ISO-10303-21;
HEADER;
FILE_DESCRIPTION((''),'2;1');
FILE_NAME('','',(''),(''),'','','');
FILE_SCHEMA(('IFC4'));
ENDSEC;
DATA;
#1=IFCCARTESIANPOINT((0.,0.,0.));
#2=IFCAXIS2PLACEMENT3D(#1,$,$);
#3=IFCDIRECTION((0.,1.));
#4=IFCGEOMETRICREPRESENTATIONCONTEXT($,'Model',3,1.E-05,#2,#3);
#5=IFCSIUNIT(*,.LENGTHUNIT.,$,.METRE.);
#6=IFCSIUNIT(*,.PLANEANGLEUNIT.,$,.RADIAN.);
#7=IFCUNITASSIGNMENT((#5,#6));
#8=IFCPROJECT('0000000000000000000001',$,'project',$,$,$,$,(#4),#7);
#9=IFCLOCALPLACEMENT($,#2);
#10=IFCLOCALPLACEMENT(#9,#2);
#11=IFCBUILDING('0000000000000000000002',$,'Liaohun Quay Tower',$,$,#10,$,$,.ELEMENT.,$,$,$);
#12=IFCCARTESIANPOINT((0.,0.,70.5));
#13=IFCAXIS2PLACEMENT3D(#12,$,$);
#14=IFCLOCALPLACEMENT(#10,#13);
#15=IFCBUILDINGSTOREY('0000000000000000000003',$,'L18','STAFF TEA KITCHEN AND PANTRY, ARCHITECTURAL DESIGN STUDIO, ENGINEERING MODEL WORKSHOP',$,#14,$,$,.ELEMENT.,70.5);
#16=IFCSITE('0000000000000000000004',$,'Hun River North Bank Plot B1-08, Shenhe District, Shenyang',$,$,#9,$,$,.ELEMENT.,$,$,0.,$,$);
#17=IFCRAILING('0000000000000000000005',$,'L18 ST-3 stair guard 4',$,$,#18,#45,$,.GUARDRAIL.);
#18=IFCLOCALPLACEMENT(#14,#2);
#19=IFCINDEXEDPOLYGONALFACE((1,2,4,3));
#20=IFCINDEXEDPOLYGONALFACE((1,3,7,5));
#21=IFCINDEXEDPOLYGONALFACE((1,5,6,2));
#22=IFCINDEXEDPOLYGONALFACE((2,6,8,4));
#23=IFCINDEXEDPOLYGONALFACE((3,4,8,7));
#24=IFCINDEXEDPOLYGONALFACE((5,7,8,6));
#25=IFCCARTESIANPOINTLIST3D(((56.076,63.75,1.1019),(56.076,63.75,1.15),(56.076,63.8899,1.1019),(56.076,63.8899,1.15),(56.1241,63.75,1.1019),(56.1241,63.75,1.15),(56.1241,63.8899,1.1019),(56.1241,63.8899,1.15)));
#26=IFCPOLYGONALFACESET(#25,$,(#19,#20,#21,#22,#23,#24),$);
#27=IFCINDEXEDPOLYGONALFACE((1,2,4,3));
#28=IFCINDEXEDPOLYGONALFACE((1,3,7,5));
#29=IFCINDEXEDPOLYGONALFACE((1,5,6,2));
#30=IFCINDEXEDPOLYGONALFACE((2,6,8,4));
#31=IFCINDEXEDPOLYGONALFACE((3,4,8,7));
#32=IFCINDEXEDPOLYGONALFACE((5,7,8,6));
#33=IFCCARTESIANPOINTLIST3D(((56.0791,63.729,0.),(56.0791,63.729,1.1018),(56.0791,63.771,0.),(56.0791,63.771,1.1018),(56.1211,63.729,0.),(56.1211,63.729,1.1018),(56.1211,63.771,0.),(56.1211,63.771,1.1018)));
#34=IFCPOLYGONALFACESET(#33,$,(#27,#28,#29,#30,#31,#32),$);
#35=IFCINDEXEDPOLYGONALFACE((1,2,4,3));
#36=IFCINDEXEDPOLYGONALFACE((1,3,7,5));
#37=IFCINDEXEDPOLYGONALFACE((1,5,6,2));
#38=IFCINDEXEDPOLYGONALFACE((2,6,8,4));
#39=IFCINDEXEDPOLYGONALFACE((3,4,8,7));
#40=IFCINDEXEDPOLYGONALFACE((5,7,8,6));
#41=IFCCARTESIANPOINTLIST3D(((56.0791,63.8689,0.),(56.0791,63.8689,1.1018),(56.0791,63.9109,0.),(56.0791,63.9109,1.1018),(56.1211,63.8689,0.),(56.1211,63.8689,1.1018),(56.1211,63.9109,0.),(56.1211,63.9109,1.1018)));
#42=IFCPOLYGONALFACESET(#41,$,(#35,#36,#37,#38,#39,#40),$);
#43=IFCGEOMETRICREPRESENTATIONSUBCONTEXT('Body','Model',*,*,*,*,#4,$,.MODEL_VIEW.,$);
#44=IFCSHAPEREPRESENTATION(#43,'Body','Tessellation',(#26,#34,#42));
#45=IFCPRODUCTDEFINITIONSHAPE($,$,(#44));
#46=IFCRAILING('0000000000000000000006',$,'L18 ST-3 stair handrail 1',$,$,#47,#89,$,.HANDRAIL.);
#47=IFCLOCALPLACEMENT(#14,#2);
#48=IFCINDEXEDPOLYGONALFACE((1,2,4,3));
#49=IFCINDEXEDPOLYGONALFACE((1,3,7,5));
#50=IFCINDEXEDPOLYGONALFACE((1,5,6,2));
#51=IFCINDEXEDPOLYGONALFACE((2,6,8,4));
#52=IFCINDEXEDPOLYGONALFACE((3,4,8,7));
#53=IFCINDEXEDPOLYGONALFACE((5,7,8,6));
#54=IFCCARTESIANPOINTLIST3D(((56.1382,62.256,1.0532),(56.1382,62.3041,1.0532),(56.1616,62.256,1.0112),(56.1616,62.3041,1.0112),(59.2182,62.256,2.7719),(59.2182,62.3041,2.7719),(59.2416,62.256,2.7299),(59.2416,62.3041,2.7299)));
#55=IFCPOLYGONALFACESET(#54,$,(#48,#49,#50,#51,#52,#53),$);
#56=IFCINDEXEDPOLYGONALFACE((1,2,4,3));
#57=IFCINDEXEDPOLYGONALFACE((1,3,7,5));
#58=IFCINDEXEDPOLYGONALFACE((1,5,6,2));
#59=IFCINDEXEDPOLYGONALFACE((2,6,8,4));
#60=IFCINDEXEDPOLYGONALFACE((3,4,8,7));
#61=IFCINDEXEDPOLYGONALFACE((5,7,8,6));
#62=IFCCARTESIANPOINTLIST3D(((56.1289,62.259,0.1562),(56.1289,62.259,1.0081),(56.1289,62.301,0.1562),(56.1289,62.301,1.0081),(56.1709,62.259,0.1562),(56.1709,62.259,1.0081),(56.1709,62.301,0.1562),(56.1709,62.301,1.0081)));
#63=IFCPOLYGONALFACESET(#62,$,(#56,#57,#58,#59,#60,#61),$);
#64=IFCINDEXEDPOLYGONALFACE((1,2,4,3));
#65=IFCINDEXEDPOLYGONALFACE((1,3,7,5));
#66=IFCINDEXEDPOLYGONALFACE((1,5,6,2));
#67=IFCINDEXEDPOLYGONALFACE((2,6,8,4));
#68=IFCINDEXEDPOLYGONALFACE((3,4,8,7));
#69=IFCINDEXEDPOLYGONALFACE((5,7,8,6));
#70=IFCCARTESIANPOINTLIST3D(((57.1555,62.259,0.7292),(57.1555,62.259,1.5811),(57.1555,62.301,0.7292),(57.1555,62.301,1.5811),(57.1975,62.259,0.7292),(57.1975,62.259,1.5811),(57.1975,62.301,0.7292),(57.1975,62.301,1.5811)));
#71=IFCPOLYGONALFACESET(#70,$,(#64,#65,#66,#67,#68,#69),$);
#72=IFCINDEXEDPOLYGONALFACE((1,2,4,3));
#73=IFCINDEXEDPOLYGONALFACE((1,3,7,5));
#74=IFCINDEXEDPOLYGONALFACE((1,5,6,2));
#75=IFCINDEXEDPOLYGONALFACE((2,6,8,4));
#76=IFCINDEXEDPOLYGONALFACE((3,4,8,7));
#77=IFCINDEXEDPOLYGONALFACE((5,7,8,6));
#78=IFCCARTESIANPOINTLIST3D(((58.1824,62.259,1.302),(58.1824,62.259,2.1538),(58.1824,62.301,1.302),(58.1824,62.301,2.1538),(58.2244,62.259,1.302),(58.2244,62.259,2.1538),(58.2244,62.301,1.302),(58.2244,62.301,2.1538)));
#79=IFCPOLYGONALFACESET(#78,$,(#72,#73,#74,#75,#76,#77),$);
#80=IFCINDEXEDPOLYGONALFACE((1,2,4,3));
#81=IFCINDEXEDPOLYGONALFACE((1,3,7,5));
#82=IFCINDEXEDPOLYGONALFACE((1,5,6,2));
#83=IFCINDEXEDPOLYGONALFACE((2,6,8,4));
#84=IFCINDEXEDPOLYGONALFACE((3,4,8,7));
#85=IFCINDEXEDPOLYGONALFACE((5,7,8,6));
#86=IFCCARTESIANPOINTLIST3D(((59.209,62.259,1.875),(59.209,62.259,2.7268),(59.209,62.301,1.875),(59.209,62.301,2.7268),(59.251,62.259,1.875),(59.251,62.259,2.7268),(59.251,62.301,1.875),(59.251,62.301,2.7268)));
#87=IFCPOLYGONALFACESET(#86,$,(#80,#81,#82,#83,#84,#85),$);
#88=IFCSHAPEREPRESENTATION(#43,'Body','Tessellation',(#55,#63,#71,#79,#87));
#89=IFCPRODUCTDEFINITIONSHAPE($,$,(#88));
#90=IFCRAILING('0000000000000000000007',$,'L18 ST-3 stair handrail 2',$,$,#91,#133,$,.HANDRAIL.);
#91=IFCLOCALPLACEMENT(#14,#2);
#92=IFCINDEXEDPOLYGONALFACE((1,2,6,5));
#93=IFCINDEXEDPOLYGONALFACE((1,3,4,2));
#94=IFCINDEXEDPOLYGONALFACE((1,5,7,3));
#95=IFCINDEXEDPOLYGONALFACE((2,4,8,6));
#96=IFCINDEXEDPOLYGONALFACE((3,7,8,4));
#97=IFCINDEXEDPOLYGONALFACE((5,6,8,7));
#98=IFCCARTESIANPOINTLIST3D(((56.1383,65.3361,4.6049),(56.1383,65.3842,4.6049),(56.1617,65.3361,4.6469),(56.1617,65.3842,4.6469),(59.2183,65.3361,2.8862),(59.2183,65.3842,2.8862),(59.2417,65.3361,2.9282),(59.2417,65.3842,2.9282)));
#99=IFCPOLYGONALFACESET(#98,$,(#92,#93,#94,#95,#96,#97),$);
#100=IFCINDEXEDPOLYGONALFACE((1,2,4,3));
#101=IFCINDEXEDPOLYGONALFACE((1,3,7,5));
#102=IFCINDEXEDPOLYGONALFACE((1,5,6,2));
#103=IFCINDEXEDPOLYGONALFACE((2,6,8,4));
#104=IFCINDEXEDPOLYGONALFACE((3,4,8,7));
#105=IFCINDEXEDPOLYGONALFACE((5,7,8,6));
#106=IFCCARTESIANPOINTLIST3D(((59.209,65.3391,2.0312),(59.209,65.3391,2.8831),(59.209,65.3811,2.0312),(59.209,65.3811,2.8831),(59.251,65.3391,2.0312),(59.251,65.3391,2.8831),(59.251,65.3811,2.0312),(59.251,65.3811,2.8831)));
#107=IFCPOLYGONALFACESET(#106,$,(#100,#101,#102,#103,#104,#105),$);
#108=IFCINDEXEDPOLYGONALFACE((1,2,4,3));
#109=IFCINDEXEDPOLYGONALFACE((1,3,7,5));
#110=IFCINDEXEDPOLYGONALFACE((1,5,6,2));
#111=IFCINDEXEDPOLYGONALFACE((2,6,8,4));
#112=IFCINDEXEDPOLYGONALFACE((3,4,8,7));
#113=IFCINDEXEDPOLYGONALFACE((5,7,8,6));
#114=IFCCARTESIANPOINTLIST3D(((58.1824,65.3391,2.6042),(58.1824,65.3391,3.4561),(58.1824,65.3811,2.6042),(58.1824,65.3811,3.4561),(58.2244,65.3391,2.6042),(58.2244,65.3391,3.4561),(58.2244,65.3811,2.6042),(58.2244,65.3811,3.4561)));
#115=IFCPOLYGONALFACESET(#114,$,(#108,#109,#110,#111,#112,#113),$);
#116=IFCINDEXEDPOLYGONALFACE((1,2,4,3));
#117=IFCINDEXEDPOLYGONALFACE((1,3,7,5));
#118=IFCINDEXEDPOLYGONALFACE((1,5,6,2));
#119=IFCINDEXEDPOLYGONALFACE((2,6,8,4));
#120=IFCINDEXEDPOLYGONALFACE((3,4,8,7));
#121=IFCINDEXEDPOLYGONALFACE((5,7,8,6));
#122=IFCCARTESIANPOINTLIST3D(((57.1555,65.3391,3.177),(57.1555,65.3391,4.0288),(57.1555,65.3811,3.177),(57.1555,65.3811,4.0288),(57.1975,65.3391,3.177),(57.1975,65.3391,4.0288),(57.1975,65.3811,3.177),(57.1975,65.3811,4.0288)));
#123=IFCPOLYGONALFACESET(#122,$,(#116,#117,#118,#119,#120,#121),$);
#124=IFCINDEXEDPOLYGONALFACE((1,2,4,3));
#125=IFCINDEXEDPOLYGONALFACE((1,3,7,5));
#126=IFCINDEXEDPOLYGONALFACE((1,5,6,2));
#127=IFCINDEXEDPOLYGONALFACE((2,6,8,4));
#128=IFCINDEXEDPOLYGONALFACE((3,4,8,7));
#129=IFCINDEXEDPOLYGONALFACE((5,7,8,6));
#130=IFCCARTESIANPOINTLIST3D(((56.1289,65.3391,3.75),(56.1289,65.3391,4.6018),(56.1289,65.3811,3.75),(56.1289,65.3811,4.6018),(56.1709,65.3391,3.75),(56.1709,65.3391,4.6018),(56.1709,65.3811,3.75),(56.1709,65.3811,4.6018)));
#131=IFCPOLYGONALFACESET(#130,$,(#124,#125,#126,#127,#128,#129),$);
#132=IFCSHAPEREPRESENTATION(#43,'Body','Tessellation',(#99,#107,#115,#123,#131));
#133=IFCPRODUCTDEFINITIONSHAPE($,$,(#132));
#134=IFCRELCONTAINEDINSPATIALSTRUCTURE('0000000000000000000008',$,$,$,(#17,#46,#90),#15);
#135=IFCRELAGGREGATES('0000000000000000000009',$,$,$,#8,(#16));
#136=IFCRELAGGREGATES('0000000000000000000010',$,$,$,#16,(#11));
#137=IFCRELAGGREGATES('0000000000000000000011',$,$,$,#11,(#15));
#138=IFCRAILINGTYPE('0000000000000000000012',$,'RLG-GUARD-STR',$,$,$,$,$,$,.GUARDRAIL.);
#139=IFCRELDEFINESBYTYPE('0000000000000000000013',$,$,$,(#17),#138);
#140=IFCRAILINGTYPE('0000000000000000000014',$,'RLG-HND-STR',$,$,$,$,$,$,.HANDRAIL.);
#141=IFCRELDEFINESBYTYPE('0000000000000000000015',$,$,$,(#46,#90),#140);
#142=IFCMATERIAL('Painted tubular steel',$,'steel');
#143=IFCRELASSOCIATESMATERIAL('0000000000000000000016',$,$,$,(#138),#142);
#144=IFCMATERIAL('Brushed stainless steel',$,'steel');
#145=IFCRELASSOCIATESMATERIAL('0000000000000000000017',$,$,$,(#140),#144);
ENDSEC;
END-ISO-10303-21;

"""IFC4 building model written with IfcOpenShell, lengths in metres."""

from ifc_helpers import new_model, si_unit, direction, frame, origin, origin_2d, place, context, subcontext, project, spatial, rectangle, extrude, material, type_object, element, save


model = new_model("IFC4")

# Units and contexts
model_context = context("Model", 3, precision=1e-05, world=origin(), true_north=direction((0.0, 1.0)))
body_context = subcontext(model_context, "Body", "Model", "MODEL_VIEW")
ifc_project = project(units=[si_unit("LENGTHUNIT", "METRE"), si_unit("PLANEANGLEUNIT", "RADIAN")], contexts=[model_context])

# Site, building, storey
site_placement = place(None, origin())
site = spatial("IfcSite", under=ifc_project, at=site_placement, Name="Hun River North Bank Plot B1-08, Shenhe District, Shenyang", CompositionType="ELEMENT", RefElevation=0.0)
building_placement = place(site_placement, origin())
building = spatial("IfcBuilding", under=site, at=building_placement, Name="Liaohun Quay Tower", CompositionType="ELEMENT")
storey_placement = place(building_placement, frame((0.0, 0.0, 70.5)))
storey = spatial("IfcBuildingStorey", under=building, at=storey_placement, Name="L18", Description="STAFF TEA KITCHEN AND PANTRY, ARCHITECTURAL DESIGN STUDIO, ENGINEERING MODEL WORKSHOP", CompositionType="ELEMENT", Elevation=70.5)

# Railings
ifc_material_1 = material(Name="Painted tubular steel", Category="steel")
railing_type_1 = type_object("IfcRailingType", Name="RLG-GUARD-STR", PredefinedType="GUARDRAIL", material=ifc_material_1)
railing_1_placement = place(storey_placement, frame((56.1001, 63.75, 0.0)))
element("IfcRailing", 1, at=railing_1_placement, inside=storey, type_object=railing_type_1, Name="L18 ST-3 stair guard 4", PredefinedType="GUARDRAIL", context=body_context, shape_type="SweptSolid", body=[
    extrude(rectangle(XDim=0.0481, YDim=0.0481, at=origin_2d()), frame((0.0, 0.0, 1.126), z_axis=(0.0, 1.0, 0.0), x_axis=(-1.0, 0.0, 0.0)), (0.0, 0.0, 1.0), 0.1399),
    extrude(rectangle(XDim=0.042, YDim=0.042, at=origin_2d()), origin(), (0.0, 0.0, 1.0), 1.1018),
    extrude(rectangle(XDim=0.042, YDim=0.042, at=origin_2d()), frame((0.0, 0.1399, 0.0)), (0.0, 0.0, 1.0), 1.1018),
])
ifc_material_2 = material(Name="Brushed stainless steel", Category="steel")
railing_type_2 = type_object("IfcRailingType", Name="RLG-HND-STR", PredefinedType="HANDRAIL", material=ifc_material_2)
railing_2_placement = place(storey_placement, frame((56.1499, 62.28, 0.1562)))
element("IfcRailing", 2, at=railing_2_placement, inside=storey, type_object=railing_type_2, Name="L18 ST-3 stair handrail 1", PredefinedType="HANDRAIL", context=body_context, shape_type="SweptSolid", body=[
    extrude(rectangle(XDim=0.0481, YDim=0.0481, at=origin_2d()), frame((0.0, 0.0, 0.876), z_axis=(0.873242, 0.0, 0.487288), x_axis=(0.0, 1.0, 0.0)), (0.0, 0.0, 1.0), 3.5271),
    extrude(rectangle(XDim=0.042, YDim=0.042, at=origin_2d()), origin(), (0.0, 0.0, 1.0), 0.8518),
    extrude(rectangle(XDim=0.042, YDim=0.042, at=origin_2d()), frame((1.0266, 0.0, 0.573)), (0.0, 0.0, 1.0), 0.8518),
    extrude(rectangle(XDim=0.042, YDim=0.042, at=origin_2d()), frame((2.0535, 0.0, 1.1458)), (0.0, 0.0, 1.0), 0.8518),
    extrude(rectangle(XDim=0.042, YDim=0.042, at=origin_2d()), frame((3.0801, 0.0, 1.7188)), (0.0, 0.0, 1.0), 0.8518),
])
railing_3_placement = place(storey_placement, frame((59.23, 65.3601, 2.0312)))
element("IfcRailing", 3, at=railing_3_placement, inside=storey, type_object=railing_type_2, Name="L18 ST-3 stair handrail 2", PredefinedType="HANDRAIL", context=body_context, shape_type="SweptSolid", body=[
    extrude(rectangle(XDim=0.0481, YDim=0.0481, at=origin_2d()), frame((0.0, 0.0, 0.876), z_axis=(-0.873242, 0.0, 0.487288), x_axis=(0.0, -1.0, 0.0)), (0.0, 0.0, 1.0), 3.5271),
    extrude(rectangle(XDim=0.042, YDim=0.042, at=origin_2d()), origin(), (0.0, 0.0, 1.0), 0.8518),
    extrude(rectangle(XDim=0.042, YDim=0.042, at=origin_2d()), frame((-1.0266, 0.0, 0.573)), (0.0, 0.0, 1.0), 0.8518),
    extrude(rectangle(XDim=0.042, YDim=0.042, at=origin_2d()), frame((-2.0535, 0.0, 1.1458)), (0.0, 0.0, 1.0), 0.8518),
    extrude(rectangle(XDim=0.042, YDim=0.042, at=origin_2d()), frame((-3.0801, 0.0, 1.7188)), (0.0, 0.0, 1.0), 0.8518),
])

save(model, "model.ifc")
